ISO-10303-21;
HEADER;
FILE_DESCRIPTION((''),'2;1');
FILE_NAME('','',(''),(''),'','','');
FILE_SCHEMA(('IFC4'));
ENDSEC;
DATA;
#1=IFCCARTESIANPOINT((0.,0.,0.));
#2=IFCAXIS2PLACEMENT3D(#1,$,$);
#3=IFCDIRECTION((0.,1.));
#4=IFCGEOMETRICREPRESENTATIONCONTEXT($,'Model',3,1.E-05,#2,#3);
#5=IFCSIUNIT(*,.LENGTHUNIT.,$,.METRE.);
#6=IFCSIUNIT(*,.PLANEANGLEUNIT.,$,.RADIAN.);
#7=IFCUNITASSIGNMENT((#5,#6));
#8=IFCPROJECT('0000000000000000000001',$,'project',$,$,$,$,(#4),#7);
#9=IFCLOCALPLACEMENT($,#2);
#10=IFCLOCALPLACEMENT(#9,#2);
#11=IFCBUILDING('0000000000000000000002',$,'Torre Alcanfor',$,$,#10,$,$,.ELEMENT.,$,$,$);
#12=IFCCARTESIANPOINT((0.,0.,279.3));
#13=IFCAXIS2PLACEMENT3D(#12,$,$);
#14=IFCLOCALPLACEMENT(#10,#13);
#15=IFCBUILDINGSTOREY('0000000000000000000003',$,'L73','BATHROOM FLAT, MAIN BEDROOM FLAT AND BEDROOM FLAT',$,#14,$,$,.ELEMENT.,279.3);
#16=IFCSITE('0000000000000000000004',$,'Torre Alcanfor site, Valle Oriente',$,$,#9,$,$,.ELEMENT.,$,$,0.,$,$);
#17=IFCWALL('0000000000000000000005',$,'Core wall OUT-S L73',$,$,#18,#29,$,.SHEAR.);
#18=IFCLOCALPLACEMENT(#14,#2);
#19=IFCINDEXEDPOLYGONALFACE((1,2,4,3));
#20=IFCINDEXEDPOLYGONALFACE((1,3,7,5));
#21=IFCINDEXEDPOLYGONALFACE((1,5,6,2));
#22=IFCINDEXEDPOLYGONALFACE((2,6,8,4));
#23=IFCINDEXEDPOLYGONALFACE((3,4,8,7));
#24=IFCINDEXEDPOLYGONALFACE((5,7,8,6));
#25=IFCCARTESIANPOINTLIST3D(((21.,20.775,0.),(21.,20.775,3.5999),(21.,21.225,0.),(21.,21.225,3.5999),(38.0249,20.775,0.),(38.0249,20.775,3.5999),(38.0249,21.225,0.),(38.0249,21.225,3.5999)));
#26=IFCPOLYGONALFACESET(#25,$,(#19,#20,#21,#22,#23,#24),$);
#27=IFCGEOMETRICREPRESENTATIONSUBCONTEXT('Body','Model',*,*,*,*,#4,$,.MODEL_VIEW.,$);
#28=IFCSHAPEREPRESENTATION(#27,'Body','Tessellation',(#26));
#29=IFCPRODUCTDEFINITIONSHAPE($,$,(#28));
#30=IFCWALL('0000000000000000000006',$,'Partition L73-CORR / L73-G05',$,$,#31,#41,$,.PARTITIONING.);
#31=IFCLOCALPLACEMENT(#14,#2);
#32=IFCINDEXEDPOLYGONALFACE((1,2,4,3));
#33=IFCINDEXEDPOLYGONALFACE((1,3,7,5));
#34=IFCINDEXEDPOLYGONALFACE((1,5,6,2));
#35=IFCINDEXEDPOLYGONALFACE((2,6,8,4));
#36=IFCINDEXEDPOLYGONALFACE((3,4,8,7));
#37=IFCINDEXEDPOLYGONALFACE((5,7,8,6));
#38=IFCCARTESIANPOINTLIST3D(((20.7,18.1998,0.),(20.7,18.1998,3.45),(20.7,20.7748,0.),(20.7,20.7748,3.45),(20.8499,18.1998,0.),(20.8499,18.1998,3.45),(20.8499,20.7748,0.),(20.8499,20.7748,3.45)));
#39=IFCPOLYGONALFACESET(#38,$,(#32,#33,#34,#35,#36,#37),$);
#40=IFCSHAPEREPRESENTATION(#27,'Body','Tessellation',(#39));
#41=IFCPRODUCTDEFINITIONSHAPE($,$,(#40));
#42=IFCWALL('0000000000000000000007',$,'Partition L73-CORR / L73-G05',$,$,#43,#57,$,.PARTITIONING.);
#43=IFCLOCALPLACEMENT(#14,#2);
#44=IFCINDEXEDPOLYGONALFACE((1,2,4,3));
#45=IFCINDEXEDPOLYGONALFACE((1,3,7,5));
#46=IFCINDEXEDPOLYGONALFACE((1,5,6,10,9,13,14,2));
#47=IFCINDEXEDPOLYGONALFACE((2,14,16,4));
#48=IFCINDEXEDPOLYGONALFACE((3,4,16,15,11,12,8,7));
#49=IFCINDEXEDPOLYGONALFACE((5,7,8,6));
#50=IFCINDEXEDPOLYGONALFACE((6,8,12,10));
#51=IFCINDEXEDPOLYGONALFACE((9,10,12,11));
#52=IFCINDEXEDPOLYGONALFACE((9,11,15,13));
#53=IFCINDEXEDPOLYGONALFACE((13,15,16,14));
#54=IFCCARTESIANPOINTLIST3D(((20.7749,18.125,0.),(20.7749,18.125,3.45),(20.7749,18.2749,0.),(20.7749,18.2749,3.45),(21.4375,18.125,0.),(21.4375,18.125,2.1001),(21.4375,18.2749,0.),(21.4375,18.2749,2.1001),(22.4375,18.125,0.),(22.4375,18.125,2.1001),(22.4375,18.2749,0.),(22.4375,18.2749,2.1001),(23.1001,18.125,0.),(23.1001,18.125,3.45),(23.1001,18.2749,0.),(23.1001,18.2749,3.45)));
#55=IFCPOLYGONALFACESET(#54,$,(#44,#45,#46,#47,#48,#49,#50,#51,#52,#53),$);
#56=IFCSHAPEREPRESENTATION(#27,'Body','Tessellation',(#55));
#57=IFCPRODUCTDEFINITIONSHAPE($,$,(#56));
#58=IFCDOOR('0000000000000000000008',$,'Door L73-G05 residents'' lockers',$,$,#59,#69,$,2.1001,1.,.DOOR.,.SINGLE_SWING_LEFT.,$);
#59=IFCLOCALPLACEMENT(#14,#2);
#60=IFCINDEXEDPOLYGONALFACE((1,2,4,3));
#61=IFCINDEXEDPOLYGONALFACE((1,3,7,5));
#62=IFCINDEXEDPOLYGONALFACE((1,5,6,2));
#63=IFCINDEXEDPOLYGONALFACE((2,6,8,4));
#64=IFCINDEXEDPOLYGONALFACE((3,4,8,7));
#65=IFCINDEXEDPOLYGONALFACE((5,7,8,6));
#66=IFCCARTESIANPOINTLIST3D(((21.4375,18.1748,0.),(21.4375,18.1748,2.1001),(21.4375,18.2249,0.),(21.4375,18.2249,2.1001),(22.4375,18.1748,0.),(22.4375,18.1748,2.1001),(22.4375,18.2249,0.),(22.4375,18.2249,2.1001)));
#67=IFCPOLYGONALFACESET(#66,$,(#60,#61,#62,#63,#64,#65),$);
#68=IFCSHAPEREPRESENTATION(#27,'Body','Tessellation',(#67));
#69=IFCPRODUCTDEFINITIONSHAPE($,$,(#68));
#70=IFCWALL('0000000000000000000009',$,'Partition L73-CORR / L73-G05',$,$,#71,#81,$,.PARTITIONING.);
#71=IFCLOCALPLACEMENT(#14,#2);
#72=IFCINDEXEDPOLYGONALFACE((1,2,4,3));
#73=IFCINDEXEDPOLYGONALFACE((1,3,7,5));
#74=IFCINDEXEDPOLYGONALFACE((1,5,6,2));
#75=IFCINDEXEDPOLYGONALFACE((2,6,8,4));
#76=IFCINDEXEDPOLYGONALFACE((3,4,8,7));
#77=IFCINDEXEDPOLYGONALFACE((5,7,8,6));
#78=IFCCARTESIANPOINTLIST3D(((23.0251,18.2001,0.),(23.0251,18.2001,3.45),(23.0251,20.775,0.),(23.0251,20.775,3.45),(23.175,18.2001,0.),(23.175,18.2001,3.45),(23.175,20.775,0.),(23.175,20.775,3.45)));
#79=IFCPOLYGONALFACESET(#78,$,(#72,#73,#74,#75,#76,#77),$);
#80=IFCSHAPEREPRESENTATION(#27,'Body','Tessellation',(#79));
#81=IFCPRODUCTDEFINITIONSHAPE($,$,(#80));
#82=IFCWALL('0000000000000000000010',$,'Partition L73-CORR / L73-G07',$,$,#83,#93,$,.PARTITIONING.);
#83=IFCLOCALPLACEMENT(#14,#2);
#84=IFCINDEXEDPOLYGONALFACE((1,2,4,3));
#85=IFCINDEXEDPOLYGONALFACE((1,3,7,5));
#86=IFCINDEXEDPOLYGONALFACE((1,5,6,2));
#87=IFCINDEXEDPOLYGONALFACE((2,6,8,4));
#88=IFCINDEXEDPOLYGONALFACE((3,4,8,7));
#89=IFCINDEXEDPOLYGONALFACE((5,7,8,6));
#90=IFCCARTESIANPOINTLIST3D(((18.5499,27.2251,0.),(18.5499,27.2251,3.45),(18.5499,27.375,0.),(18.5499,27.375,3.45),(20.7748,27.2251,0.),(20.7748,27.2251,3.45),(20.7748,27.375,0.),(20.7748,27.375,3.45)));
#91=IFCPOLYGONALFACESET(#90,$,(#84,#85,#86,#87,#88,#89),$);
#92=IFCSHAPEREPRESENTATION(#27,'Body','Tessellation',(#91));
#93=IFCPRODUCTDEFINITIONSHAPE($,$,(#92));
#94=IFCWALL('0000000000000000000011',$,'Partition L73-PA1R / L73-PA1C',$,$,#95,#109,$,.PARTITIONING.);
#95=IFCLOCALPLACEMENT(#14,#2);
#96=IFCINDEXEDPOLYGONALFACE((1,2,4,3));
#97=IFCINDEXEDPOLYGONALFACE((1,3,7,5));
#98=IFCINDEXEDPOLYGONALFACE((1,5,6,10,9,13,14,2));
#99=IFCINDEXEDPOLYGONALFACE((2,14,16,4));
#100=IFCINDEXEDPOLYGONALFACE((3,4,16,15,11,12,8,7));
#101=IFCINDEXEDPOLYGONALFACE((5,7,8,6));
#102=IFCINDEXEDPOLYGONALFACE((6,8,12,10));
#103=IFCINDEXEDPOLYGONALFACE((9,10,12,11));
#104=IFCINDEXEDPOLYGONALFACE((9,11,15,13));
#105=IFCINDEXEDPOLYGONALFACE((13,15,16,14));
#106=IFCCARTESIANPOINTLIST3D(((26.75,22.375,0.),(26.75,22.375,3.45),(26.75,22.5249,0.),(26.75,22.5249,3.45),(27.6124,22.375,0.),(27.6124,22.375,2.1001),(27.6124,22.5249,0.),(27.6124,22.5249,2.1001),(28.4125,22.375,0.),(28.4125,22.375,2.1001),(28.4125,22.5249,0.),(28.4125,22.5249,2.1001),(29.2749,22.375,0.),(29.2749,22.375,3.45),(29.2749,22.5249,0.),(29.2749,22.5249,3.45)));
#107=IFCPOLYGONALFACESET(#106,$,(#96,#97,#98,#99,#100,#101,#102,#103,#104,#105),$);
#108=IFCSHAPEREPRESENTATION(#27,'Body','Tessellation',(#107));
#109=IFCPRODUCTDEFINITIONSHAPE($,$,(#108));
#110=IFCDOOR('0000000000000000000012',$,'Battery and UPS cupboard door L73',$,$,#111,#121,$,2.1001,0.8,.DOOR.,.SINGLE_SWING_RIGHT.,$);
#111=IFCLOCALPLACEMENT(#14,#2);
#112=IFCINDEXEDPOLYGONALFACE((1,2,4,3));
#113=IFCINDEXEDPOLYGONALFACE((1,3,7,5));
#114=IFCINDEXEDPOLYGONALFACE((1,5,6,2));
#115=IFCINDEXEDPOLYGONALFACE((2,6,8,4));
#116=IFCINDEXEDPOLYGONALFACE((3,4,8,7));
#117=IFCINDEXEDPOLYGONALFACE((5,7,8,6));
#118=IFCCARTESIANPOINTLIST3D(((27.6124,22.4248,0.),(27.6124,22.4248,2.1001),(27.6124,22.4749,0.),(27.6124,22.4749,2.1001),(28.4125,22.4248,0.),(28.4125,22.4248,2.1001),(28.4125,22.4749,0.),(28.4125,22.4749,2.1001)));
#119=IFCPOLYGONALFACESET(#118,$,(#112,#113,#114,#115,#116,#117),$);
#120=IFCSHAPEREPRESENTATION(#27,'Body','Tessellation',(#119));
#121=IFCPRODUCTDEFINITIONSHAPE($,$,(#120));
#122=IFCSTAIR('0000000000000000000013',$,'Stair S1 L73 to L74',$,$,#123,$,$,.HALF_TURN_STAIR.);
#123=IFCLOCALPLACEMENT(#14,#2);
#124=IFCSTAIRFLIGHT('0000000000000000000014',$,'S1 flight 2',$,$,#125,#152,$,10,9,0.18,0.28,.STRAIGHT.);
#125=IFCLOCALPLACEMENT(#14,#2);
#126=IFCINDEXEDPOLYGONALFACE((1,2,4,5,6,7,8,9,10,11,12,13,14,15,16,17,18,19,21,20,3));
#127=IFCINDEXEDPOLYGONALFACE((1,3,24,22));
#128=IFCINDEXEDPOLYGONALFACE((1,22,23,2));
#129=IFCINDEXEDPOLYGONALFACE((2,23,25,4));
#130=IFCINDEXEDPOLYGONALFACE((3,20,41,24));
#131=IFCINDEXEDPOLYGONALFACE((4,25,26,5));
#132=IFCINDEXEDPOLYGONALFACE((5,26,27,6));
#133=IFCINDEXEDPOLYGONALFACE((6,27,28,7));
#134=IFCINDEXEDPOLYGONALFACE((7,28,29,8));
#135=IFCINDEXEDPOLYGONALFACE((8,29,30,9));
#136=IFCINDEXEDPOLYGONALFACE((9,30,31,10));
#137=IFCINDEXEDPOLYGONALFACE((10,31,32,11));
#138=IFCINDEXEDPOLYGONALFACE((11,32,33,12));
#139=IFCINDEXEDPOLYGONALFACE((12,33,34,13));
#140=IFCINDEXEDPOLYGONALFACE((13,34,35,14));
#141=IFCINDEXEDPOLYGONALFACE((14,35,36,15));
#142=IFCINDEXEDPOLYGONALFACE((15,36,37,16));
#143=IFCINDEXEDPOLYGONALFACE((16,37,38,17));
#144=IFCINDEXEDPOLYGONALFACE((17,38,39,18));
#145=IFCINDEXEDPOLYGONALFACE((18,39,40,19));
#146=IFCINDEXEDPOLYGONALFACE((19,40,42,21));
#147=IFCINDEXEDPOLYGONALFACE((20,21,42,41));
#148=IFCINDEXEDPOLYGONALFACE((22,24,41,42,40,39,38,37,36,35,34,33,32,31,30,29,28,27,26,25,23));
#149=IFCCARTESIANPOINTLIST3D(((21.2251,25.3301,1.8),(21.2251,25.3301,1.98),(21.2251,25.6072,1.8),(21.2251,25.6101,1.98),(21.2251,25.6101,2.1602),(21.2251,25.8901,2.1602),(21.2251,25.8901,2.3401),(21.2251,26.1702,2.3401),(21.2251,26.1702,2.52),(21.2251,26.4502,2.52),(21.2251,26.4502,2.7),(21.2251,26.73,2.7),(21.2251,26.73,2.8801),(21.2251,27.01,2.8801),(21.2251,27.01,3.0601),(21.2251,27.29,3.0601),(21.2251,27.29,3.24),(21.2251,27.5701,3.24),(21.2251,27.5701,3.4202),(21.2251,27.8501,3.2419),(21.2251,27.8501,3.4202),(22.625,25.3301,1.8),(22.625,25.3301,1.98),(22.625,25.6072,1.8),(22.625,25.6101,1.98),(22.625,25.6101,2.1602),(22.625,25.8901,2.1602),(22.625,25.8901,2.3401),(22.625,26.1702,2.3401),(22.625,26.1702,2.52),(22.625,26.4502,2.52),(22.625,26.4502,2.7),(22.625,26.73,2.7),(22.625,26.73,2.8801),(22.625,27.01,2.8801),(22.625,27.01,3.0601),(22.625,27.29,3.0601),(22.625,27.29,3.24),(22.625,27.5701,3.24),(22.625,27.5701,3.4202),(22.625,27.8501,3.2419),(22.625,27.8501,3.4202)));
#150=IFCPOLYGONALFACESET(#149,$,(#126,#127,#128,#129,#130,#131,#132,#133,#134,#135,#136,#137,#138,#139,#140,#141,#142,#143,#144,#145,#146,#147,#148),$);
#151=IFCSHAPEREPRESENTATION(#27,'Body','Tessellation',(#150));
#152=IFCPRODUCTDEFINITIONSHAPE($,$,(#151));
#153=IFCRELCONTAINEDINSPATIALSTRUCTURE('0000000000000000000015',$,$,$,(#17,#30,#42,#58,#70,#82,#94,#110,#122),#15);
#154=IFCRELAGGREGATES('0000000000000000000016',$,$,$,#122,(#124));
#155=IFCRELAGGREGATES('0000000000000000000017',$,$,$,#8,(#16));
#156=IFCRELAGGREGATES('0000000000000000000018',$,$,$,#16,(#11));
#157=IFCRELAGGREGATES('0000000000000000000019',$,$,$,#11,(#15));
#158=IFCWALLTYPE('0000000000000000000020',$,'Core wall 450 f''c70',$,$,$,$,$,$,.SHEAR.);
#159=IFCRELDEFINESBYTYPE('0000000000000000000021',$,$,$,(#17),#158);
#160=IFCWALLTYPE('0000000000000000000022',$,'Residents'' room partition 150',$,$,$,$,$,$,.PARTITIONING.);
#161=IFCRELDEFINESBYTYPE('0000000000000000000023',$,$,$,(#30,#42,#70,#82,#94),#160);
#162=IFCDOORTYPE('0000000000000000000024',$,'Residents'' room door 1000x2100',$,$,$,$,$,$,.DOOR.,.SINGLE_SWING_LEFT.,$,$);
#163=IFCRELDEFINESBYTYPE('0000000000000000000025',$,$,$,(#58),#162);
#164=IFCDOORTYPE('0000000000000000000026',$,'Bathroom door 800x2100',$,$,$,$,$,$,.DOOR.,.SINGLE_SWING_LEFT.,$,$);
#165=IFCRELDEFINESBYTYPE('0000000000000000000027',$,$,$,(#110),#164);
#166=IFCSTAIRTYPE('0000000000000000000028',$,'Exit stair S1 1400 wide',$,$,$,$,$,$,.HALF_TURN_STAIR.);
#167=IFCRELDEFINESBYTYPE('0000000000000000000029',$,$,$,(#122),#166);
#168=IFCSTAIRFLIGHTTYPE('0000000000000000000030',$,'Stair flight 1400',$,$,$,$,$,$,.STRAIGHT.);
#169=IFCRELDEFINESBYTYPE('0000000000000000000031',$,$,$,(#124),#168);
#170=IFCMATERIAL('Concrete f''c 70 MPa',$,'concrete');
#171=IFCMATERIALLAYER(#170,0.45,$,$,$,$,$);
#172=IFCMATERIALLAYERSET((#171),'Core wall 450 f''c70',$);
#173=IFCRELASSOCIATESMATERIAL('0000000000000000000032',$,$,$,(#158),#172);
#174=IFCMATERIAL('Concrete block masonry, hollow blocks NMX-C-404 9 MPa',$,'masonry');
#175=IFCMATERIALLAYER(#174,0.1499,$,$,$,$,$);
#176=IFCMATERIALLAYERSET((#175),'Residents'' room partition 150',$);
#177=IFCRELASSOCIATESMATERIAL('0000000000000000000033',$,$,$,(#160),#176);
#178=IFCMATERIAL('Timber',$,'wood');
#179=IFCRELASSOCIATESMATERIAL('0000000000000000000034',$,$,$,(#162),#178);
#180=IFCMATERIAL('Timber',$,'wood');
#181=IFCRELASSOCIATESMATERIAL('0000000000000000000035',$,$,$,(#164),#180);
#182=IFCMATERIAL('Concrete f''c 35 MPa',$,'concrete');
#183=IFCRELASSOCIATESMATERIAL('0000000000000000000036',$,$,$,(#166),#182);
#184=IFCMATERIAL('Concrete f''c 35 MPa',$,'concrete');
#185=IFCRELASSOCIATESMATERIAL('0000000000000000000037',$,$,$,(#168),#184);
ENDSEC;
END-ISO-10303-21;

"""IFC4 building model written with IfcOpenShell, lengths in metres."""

from ifc_helpers import new_model, si_unit, direction, frame, frame_2d, origin, place, context, subcontext, project, spatial, polyline, rectangle, outline, extrude, material, layer, layer_set, type_object, element, fill, aggregate, save


model = new_model("IFC4")

# Units and contexts
model_context = context("Model", 3, precision=1e-05, world=origin(), true_north=direction((0.0, 1.0)))
body_context = subcontext(model_context, "Body", "Model", "MODEL_VIEW")
ifc_project = project(units=[si_unit("LENGTHUNIT", "METRE"), si_unit("PLANEANGLEUNIT", "RADIAN")], contexts=[model_context])

# Site, building, storey
site_placement = place(None, origin())
site = spatial("IfcSite", under=ifc_project, at=site_placement, Name="Torre Alcanfor site, Valle Oriente", CompositionType="ELEMENT", RefElevation=0.0)
building_placement = place(site_placement, origin())
building = spatial("IfcBuilding", under=site, at=building_placement, Name="Torre Alcanfor", CompositionType="ELEMENT")
storey_placement = place(building_placement, frame((0.0, 0.0, 279.3)))
storey = spatial("IfcBuildingStorey", under=building, at=storey_placement, Name="L73", Description="BATHROOM FLAT, MAIN BEDROOM FLAT AND BEDROOM FLAT", CompositionType="ELEMENT", Elevation=279.3)

# Walls
ifc_material_1 = material(Name="Concrete f'c 70 MPa", Category="concrete")
ifc_layer_1 = layer(ifc_material_1, 0.45)
ifc_layer_set_1 = layer_set([ifc_layer_1], Name="Core wall 450 f'c70")
wall_type_1 = type_object("IfcWallType", Name="Core wall 450 f'c70", PredefinedType="SHEAR", material=ifc_layer_set_1)
wall_1_placement = place(storey_placement, frame((21.0, 21.0, 0.0), z_axis=(0.0, 0.0, 1.0), x_axis=(1.0, 0.0, 0.0)))
element("IfcWall", 1, at=wall_1_placement, inside=storey, type_object=wall_type_1, Name="Core wall OUT-S L73", PredefinedType="SHEAR", context=body_context, shape_type="SweptSolid", body=[
    extrude(rectangle(XDim=17.0249, YDim=0.45, at=frame_2d((8.5125, 0.0))), origin(), (0.0, 0.0, 1.0), 3.5999),
])
ifc_material_2 = material(Name="Concrete block masonry, hollow blocks NMX-C-404 9 MPa", Category="masonry")
ifc_layer_2 = layer(ifc_material_2, 0.1499)
ifc_layer_set_2 = layer_set([ifc_layer_2], Name="Residents' room partition 150")
wall_type_2 = type_object("IfcWallType", Name="Residents' room partition 150", PredefinedType="PARTITIONING", material=ifc_layer_set_2)
wall_2_placement = place(storey_placement, frame((20.7749, 20.7749, 0.0), z_axis=(0.0, 0.0, 1.0), x_axis=(0.0, -1.0, 0.0)))
element("IfcWall", 2, at=wall_2_placement, inside=storey, type_object=wall_type_2, Name="Partition L73-CORR / L73-G05", PredefinedType="PARTITIONING", context=body_context, shape_type="SweptSolid", body=[
    extrude(rectangle(XDim=2.575, YDim=0.1499, at=frame_2d((1.2876, 0.0))), origin(), (0.0, 0.0, 1.0), 3.45),
])

# Wall, opening, door
wall_3_placement = place(storey_placement, frame((20.7749, 18.2, 0.0), z_axis=(0.0, 0.0, 1.0), x_axis=(1.0, 0.0, 0.0)))
wall_3 = element("IfcWall", 3, at=wall_3_placement, inside=storey, type_object=wall_type_2, Name="Partition L73-CORR / L73-G05", PredefinedType="PARTITIONING", context=body_context, shape_type="SweptSolid", body=[
    extrude(rectangle(XDim=2.3252, YDim=0.1499, at=frame_2d((1.1626, 0.0))), origin(), (0.0, 0.0, 1.0), 3.45),
])
opening_1_placement = place(wall_3_placement, frame((0.6626, 0.0, 0.0)))
opening_1 = element("IfcOpeningElement", 4, at=opening_1_placement, cuts=wall_3, PredefinedType="OPENING", context=body_context, shape_type="SweptSolid", body=[
    extrude(rectangle(XDim=1.0, YDim=2.1001, at=frame_2d((0.5, 1.05))), frame((0.0, 0.085, 0.0), z_axis=(0.0, -1.0, 0.0), x_axis=(1.0, 0.0, 0.0)), (0.0, 0.0, 1.0), 0.1699),
])
ifc_material_3 = material(Name="Timber", Category="wood")
door_type_1 = type_object("IfcDoorType", Name="Residents' room door 1000x2100", OperationType="SINGLE_SWING_LEFT", PredefinedType="DOOR", material=ifc_material_3)
door_1_placement = place(opening_1_placement, origin())
door_1 = element("IfcDoor", 5, at=door_1_placement, inside=storey, type_object=door_type_1, Name="Door L73-G05 residents' lockers", OperationType="SINGLE_SWING_LEFT", OverallHeight=2.1001, OverallWidth=1.0, PredefinedType="DOOR", context=body_context, shape_type="SweptSolid", body=[
    extrude(rectangle(XDim=1.0, YDim=2.1001, at=frame_2d((0.5, 1.05))), frame((0.0, 0.0249, 0.0), z_axis=(0.0, -1.0, 0.0), x_axis=(1.0, 0.0, 0.0)), (0.0, 0.0, 1.0), 0.05),
])
fill(opening_1, door_1)

# Walls
wall_4_placement = place(storey_placement, frame((23.1001, 18.2, 0.0), z_axis=(0.0, 0.0, 1.0), x_axis=(0.0, 1.0, 0.0)))
element("IfcWall", 6, at=wall_4_placement, inside=storey, type_object=wall_type_2, Name="Partition L73-CORR / L73-G05", PredefinedType="PARTITIONING", context=body_context, shape_type="SweptSolid", body=[
    extrude(rectangle(XDim=2.575, YDim=0.1499, at=frame_2d((1.2876, 0.0))), origin(), (0.0, 0.0, 1.0), 3.45),
])
wall_5_placement = place(storey_placement, frame((18.55, 27.3, 0.0), z_axis=(0.0, 0.0, 1.0), x_axis=(1.0, 0.0, 0.0)))
element("IfcWall", 7, at=wall_5_placement, inside=storey, type_object=wall_type_2, Name="Partition L73-CORR / L73-G07", PredefinedType="PARTITIONING", context=body_context, shape_type="SweptSolid", body=[
    extrude(rectangle(XDim=2.2249, YDim=0.1499, at=frame_2d((1.1123, 0.0))), origin(), (0.0, 0.0, 1.0), 3.45),
])

# Wall, opening, door
wall_6_placement = place(storey_placement, frame((26.75, 22.45, 0.0), z_axis=(0.0, 0.0, 1.0), x_axis=(1.0, 0.0, 0.0)))
wall_6 = element("IfcWall", 8, at=wall_6_placement, inside=storey, type_object=wall_type_2, Name="Partition L73-PA1R / L73-PA1C", PredefinedType="PARTITIONING", context=body_context, shape_type="SweptSolid", body=[
    extrude(rectangle(XDim=2.5249, YDim=0.1499, at=frame_2d((1.2625, 0.0))), origin(), (0.0, 0.0, 1.0), 3.45),
])
opening_2_placement = place(wall_6_placement, frame((0.8625, 0.0, 0.0)))
opening_2 = element("IfcOpeningElement", 9, at=opening_2_placement, cuts=wall_6, PredefinedType="OPENING", context=body_context, shape_type="SweptSolid", body=[
    extrude(rectangle(XDim=0.8, YDim=2.1001, at=frame_2d((0.3999, 1.05))), frame((0.0, 0.085, 0.0), z_axis=(0.0, -1.0, 0.0), x_axis=(1.0, 0.0, 0.0)), (0.0, 0.0, 1.0), 0.1699),
])
ifc_material_4 = material(Name="Timber", Category="wood")
door_type_2 = type_object("IfcDoorType", Name="Bathroom door 800x2100", OperationType="SINGLE_SWING_LEFT", PredefinedType="DOOR", material=ifc_material_4)
door_2_placement = place(opening_2_placement, frame((0.8, 0.0, 0.0), z_axis=(0.0, 0.0, 1.0), x_axis=(-1.0, 0.0, 0.0)))
door_2 = element("IfcDoor", 10, at=door_2_placement, inside=storey, type_object=door_type_2, Name="Battery and UPS cupboard door L73", OperationType="SINGLE_SWING_RIGHT", OverallHeight=2.1001, OverallWidth=0.8, PredefinedType="DOOR", context=body_context, shape_type="SweptSolid", body=[
    extrude(rectangle(XDim=0.8, YDim=2.1001, at=frame_2d((0.4001, 1.05))), frame((0.0, 0.0251, 0.0), z_axis=(0.0, -1.0, 0.0), x_axis=(1.0, 0.0, 0.0)), (0.0, 0.0, 1.0), 0.05),
])
fill(opening_2, door_2)

# Stair, stair flight
ifc_material_5 = material(Name="Concrete f'c 35 MPa", Category="concrete")
stair_type = type_object("IfcStairType", Name="Exit stair S1 1400 wide", PredefinedType="HALF_TURN_STAIR", material=ifc_material_5)
stair_placement = place(storey_placement, origin())
stair = element("IfcStair", 11, at=stair_placement, inside=storey, type_object=stair_type, Name="Stair S1 L73 to L74", PredefinedType="HALF_TURN_STAIR")
ifc_material_6 = material(Name="Concrete f'c 35 MPa", Category="concrete")
stair_flight_type = type_object("IfcStairFlightType", Name="Stair flight 1400", PredefinedType="STRAIGHT", material=ifc_material_6)
stair_flight_placement = place(storey_placement, frame((21.925, 25.3301, 1.8), z_axis=(0.0, 0.0, 1.0), x_axis=(0.0, 1.0, 0.0)))
stair_flight = element("IfcStairFlight", 12, at=stair_flight_placement, type_object=stair_flight_type, Name="S1 flight 2", NumberOfRisers=10, NumberOfTreads=9, PredefinedType="STRAIGHT", RiserHeight=0.18, TreadLength=0.28, context=body_context, shape_type="SweptSolid", body=[
    extrude(outline(polyline([(0.0, 0.0), (0.0, 0.1799), (0.28, 0.1799), (0.28, 0.3601), (0.5601, 0.3601), (0.5601, 0.54), (0.8401, 0.54), (0.8401, 0.72), (1.1201, 0.72), (1.1201, 0.8999), (1.3999, 0.8999), (1.3999, 1.0801), (1.6799, 1.0801), (1.6799, 1.26), (1.96, 1.26), (1.96, 1.4399), (2.24, 1.4399), (2.24, 1.6201), (2.52, 1.6201), (2.52, 1.8), (2.52, 1.4419), (0.2771, 0.0), (0.0, 0.0)])), frame((0.0, 0.7, 0.0), z_axis=(0.0, -1.0, 0.0), x_axis=(1.0, 0.0, 0.0)), (0.0, 0.0, 1.0), 1.3999),
])
aggregate(stair, [stair_flight])

save(model, "model.ifc")
